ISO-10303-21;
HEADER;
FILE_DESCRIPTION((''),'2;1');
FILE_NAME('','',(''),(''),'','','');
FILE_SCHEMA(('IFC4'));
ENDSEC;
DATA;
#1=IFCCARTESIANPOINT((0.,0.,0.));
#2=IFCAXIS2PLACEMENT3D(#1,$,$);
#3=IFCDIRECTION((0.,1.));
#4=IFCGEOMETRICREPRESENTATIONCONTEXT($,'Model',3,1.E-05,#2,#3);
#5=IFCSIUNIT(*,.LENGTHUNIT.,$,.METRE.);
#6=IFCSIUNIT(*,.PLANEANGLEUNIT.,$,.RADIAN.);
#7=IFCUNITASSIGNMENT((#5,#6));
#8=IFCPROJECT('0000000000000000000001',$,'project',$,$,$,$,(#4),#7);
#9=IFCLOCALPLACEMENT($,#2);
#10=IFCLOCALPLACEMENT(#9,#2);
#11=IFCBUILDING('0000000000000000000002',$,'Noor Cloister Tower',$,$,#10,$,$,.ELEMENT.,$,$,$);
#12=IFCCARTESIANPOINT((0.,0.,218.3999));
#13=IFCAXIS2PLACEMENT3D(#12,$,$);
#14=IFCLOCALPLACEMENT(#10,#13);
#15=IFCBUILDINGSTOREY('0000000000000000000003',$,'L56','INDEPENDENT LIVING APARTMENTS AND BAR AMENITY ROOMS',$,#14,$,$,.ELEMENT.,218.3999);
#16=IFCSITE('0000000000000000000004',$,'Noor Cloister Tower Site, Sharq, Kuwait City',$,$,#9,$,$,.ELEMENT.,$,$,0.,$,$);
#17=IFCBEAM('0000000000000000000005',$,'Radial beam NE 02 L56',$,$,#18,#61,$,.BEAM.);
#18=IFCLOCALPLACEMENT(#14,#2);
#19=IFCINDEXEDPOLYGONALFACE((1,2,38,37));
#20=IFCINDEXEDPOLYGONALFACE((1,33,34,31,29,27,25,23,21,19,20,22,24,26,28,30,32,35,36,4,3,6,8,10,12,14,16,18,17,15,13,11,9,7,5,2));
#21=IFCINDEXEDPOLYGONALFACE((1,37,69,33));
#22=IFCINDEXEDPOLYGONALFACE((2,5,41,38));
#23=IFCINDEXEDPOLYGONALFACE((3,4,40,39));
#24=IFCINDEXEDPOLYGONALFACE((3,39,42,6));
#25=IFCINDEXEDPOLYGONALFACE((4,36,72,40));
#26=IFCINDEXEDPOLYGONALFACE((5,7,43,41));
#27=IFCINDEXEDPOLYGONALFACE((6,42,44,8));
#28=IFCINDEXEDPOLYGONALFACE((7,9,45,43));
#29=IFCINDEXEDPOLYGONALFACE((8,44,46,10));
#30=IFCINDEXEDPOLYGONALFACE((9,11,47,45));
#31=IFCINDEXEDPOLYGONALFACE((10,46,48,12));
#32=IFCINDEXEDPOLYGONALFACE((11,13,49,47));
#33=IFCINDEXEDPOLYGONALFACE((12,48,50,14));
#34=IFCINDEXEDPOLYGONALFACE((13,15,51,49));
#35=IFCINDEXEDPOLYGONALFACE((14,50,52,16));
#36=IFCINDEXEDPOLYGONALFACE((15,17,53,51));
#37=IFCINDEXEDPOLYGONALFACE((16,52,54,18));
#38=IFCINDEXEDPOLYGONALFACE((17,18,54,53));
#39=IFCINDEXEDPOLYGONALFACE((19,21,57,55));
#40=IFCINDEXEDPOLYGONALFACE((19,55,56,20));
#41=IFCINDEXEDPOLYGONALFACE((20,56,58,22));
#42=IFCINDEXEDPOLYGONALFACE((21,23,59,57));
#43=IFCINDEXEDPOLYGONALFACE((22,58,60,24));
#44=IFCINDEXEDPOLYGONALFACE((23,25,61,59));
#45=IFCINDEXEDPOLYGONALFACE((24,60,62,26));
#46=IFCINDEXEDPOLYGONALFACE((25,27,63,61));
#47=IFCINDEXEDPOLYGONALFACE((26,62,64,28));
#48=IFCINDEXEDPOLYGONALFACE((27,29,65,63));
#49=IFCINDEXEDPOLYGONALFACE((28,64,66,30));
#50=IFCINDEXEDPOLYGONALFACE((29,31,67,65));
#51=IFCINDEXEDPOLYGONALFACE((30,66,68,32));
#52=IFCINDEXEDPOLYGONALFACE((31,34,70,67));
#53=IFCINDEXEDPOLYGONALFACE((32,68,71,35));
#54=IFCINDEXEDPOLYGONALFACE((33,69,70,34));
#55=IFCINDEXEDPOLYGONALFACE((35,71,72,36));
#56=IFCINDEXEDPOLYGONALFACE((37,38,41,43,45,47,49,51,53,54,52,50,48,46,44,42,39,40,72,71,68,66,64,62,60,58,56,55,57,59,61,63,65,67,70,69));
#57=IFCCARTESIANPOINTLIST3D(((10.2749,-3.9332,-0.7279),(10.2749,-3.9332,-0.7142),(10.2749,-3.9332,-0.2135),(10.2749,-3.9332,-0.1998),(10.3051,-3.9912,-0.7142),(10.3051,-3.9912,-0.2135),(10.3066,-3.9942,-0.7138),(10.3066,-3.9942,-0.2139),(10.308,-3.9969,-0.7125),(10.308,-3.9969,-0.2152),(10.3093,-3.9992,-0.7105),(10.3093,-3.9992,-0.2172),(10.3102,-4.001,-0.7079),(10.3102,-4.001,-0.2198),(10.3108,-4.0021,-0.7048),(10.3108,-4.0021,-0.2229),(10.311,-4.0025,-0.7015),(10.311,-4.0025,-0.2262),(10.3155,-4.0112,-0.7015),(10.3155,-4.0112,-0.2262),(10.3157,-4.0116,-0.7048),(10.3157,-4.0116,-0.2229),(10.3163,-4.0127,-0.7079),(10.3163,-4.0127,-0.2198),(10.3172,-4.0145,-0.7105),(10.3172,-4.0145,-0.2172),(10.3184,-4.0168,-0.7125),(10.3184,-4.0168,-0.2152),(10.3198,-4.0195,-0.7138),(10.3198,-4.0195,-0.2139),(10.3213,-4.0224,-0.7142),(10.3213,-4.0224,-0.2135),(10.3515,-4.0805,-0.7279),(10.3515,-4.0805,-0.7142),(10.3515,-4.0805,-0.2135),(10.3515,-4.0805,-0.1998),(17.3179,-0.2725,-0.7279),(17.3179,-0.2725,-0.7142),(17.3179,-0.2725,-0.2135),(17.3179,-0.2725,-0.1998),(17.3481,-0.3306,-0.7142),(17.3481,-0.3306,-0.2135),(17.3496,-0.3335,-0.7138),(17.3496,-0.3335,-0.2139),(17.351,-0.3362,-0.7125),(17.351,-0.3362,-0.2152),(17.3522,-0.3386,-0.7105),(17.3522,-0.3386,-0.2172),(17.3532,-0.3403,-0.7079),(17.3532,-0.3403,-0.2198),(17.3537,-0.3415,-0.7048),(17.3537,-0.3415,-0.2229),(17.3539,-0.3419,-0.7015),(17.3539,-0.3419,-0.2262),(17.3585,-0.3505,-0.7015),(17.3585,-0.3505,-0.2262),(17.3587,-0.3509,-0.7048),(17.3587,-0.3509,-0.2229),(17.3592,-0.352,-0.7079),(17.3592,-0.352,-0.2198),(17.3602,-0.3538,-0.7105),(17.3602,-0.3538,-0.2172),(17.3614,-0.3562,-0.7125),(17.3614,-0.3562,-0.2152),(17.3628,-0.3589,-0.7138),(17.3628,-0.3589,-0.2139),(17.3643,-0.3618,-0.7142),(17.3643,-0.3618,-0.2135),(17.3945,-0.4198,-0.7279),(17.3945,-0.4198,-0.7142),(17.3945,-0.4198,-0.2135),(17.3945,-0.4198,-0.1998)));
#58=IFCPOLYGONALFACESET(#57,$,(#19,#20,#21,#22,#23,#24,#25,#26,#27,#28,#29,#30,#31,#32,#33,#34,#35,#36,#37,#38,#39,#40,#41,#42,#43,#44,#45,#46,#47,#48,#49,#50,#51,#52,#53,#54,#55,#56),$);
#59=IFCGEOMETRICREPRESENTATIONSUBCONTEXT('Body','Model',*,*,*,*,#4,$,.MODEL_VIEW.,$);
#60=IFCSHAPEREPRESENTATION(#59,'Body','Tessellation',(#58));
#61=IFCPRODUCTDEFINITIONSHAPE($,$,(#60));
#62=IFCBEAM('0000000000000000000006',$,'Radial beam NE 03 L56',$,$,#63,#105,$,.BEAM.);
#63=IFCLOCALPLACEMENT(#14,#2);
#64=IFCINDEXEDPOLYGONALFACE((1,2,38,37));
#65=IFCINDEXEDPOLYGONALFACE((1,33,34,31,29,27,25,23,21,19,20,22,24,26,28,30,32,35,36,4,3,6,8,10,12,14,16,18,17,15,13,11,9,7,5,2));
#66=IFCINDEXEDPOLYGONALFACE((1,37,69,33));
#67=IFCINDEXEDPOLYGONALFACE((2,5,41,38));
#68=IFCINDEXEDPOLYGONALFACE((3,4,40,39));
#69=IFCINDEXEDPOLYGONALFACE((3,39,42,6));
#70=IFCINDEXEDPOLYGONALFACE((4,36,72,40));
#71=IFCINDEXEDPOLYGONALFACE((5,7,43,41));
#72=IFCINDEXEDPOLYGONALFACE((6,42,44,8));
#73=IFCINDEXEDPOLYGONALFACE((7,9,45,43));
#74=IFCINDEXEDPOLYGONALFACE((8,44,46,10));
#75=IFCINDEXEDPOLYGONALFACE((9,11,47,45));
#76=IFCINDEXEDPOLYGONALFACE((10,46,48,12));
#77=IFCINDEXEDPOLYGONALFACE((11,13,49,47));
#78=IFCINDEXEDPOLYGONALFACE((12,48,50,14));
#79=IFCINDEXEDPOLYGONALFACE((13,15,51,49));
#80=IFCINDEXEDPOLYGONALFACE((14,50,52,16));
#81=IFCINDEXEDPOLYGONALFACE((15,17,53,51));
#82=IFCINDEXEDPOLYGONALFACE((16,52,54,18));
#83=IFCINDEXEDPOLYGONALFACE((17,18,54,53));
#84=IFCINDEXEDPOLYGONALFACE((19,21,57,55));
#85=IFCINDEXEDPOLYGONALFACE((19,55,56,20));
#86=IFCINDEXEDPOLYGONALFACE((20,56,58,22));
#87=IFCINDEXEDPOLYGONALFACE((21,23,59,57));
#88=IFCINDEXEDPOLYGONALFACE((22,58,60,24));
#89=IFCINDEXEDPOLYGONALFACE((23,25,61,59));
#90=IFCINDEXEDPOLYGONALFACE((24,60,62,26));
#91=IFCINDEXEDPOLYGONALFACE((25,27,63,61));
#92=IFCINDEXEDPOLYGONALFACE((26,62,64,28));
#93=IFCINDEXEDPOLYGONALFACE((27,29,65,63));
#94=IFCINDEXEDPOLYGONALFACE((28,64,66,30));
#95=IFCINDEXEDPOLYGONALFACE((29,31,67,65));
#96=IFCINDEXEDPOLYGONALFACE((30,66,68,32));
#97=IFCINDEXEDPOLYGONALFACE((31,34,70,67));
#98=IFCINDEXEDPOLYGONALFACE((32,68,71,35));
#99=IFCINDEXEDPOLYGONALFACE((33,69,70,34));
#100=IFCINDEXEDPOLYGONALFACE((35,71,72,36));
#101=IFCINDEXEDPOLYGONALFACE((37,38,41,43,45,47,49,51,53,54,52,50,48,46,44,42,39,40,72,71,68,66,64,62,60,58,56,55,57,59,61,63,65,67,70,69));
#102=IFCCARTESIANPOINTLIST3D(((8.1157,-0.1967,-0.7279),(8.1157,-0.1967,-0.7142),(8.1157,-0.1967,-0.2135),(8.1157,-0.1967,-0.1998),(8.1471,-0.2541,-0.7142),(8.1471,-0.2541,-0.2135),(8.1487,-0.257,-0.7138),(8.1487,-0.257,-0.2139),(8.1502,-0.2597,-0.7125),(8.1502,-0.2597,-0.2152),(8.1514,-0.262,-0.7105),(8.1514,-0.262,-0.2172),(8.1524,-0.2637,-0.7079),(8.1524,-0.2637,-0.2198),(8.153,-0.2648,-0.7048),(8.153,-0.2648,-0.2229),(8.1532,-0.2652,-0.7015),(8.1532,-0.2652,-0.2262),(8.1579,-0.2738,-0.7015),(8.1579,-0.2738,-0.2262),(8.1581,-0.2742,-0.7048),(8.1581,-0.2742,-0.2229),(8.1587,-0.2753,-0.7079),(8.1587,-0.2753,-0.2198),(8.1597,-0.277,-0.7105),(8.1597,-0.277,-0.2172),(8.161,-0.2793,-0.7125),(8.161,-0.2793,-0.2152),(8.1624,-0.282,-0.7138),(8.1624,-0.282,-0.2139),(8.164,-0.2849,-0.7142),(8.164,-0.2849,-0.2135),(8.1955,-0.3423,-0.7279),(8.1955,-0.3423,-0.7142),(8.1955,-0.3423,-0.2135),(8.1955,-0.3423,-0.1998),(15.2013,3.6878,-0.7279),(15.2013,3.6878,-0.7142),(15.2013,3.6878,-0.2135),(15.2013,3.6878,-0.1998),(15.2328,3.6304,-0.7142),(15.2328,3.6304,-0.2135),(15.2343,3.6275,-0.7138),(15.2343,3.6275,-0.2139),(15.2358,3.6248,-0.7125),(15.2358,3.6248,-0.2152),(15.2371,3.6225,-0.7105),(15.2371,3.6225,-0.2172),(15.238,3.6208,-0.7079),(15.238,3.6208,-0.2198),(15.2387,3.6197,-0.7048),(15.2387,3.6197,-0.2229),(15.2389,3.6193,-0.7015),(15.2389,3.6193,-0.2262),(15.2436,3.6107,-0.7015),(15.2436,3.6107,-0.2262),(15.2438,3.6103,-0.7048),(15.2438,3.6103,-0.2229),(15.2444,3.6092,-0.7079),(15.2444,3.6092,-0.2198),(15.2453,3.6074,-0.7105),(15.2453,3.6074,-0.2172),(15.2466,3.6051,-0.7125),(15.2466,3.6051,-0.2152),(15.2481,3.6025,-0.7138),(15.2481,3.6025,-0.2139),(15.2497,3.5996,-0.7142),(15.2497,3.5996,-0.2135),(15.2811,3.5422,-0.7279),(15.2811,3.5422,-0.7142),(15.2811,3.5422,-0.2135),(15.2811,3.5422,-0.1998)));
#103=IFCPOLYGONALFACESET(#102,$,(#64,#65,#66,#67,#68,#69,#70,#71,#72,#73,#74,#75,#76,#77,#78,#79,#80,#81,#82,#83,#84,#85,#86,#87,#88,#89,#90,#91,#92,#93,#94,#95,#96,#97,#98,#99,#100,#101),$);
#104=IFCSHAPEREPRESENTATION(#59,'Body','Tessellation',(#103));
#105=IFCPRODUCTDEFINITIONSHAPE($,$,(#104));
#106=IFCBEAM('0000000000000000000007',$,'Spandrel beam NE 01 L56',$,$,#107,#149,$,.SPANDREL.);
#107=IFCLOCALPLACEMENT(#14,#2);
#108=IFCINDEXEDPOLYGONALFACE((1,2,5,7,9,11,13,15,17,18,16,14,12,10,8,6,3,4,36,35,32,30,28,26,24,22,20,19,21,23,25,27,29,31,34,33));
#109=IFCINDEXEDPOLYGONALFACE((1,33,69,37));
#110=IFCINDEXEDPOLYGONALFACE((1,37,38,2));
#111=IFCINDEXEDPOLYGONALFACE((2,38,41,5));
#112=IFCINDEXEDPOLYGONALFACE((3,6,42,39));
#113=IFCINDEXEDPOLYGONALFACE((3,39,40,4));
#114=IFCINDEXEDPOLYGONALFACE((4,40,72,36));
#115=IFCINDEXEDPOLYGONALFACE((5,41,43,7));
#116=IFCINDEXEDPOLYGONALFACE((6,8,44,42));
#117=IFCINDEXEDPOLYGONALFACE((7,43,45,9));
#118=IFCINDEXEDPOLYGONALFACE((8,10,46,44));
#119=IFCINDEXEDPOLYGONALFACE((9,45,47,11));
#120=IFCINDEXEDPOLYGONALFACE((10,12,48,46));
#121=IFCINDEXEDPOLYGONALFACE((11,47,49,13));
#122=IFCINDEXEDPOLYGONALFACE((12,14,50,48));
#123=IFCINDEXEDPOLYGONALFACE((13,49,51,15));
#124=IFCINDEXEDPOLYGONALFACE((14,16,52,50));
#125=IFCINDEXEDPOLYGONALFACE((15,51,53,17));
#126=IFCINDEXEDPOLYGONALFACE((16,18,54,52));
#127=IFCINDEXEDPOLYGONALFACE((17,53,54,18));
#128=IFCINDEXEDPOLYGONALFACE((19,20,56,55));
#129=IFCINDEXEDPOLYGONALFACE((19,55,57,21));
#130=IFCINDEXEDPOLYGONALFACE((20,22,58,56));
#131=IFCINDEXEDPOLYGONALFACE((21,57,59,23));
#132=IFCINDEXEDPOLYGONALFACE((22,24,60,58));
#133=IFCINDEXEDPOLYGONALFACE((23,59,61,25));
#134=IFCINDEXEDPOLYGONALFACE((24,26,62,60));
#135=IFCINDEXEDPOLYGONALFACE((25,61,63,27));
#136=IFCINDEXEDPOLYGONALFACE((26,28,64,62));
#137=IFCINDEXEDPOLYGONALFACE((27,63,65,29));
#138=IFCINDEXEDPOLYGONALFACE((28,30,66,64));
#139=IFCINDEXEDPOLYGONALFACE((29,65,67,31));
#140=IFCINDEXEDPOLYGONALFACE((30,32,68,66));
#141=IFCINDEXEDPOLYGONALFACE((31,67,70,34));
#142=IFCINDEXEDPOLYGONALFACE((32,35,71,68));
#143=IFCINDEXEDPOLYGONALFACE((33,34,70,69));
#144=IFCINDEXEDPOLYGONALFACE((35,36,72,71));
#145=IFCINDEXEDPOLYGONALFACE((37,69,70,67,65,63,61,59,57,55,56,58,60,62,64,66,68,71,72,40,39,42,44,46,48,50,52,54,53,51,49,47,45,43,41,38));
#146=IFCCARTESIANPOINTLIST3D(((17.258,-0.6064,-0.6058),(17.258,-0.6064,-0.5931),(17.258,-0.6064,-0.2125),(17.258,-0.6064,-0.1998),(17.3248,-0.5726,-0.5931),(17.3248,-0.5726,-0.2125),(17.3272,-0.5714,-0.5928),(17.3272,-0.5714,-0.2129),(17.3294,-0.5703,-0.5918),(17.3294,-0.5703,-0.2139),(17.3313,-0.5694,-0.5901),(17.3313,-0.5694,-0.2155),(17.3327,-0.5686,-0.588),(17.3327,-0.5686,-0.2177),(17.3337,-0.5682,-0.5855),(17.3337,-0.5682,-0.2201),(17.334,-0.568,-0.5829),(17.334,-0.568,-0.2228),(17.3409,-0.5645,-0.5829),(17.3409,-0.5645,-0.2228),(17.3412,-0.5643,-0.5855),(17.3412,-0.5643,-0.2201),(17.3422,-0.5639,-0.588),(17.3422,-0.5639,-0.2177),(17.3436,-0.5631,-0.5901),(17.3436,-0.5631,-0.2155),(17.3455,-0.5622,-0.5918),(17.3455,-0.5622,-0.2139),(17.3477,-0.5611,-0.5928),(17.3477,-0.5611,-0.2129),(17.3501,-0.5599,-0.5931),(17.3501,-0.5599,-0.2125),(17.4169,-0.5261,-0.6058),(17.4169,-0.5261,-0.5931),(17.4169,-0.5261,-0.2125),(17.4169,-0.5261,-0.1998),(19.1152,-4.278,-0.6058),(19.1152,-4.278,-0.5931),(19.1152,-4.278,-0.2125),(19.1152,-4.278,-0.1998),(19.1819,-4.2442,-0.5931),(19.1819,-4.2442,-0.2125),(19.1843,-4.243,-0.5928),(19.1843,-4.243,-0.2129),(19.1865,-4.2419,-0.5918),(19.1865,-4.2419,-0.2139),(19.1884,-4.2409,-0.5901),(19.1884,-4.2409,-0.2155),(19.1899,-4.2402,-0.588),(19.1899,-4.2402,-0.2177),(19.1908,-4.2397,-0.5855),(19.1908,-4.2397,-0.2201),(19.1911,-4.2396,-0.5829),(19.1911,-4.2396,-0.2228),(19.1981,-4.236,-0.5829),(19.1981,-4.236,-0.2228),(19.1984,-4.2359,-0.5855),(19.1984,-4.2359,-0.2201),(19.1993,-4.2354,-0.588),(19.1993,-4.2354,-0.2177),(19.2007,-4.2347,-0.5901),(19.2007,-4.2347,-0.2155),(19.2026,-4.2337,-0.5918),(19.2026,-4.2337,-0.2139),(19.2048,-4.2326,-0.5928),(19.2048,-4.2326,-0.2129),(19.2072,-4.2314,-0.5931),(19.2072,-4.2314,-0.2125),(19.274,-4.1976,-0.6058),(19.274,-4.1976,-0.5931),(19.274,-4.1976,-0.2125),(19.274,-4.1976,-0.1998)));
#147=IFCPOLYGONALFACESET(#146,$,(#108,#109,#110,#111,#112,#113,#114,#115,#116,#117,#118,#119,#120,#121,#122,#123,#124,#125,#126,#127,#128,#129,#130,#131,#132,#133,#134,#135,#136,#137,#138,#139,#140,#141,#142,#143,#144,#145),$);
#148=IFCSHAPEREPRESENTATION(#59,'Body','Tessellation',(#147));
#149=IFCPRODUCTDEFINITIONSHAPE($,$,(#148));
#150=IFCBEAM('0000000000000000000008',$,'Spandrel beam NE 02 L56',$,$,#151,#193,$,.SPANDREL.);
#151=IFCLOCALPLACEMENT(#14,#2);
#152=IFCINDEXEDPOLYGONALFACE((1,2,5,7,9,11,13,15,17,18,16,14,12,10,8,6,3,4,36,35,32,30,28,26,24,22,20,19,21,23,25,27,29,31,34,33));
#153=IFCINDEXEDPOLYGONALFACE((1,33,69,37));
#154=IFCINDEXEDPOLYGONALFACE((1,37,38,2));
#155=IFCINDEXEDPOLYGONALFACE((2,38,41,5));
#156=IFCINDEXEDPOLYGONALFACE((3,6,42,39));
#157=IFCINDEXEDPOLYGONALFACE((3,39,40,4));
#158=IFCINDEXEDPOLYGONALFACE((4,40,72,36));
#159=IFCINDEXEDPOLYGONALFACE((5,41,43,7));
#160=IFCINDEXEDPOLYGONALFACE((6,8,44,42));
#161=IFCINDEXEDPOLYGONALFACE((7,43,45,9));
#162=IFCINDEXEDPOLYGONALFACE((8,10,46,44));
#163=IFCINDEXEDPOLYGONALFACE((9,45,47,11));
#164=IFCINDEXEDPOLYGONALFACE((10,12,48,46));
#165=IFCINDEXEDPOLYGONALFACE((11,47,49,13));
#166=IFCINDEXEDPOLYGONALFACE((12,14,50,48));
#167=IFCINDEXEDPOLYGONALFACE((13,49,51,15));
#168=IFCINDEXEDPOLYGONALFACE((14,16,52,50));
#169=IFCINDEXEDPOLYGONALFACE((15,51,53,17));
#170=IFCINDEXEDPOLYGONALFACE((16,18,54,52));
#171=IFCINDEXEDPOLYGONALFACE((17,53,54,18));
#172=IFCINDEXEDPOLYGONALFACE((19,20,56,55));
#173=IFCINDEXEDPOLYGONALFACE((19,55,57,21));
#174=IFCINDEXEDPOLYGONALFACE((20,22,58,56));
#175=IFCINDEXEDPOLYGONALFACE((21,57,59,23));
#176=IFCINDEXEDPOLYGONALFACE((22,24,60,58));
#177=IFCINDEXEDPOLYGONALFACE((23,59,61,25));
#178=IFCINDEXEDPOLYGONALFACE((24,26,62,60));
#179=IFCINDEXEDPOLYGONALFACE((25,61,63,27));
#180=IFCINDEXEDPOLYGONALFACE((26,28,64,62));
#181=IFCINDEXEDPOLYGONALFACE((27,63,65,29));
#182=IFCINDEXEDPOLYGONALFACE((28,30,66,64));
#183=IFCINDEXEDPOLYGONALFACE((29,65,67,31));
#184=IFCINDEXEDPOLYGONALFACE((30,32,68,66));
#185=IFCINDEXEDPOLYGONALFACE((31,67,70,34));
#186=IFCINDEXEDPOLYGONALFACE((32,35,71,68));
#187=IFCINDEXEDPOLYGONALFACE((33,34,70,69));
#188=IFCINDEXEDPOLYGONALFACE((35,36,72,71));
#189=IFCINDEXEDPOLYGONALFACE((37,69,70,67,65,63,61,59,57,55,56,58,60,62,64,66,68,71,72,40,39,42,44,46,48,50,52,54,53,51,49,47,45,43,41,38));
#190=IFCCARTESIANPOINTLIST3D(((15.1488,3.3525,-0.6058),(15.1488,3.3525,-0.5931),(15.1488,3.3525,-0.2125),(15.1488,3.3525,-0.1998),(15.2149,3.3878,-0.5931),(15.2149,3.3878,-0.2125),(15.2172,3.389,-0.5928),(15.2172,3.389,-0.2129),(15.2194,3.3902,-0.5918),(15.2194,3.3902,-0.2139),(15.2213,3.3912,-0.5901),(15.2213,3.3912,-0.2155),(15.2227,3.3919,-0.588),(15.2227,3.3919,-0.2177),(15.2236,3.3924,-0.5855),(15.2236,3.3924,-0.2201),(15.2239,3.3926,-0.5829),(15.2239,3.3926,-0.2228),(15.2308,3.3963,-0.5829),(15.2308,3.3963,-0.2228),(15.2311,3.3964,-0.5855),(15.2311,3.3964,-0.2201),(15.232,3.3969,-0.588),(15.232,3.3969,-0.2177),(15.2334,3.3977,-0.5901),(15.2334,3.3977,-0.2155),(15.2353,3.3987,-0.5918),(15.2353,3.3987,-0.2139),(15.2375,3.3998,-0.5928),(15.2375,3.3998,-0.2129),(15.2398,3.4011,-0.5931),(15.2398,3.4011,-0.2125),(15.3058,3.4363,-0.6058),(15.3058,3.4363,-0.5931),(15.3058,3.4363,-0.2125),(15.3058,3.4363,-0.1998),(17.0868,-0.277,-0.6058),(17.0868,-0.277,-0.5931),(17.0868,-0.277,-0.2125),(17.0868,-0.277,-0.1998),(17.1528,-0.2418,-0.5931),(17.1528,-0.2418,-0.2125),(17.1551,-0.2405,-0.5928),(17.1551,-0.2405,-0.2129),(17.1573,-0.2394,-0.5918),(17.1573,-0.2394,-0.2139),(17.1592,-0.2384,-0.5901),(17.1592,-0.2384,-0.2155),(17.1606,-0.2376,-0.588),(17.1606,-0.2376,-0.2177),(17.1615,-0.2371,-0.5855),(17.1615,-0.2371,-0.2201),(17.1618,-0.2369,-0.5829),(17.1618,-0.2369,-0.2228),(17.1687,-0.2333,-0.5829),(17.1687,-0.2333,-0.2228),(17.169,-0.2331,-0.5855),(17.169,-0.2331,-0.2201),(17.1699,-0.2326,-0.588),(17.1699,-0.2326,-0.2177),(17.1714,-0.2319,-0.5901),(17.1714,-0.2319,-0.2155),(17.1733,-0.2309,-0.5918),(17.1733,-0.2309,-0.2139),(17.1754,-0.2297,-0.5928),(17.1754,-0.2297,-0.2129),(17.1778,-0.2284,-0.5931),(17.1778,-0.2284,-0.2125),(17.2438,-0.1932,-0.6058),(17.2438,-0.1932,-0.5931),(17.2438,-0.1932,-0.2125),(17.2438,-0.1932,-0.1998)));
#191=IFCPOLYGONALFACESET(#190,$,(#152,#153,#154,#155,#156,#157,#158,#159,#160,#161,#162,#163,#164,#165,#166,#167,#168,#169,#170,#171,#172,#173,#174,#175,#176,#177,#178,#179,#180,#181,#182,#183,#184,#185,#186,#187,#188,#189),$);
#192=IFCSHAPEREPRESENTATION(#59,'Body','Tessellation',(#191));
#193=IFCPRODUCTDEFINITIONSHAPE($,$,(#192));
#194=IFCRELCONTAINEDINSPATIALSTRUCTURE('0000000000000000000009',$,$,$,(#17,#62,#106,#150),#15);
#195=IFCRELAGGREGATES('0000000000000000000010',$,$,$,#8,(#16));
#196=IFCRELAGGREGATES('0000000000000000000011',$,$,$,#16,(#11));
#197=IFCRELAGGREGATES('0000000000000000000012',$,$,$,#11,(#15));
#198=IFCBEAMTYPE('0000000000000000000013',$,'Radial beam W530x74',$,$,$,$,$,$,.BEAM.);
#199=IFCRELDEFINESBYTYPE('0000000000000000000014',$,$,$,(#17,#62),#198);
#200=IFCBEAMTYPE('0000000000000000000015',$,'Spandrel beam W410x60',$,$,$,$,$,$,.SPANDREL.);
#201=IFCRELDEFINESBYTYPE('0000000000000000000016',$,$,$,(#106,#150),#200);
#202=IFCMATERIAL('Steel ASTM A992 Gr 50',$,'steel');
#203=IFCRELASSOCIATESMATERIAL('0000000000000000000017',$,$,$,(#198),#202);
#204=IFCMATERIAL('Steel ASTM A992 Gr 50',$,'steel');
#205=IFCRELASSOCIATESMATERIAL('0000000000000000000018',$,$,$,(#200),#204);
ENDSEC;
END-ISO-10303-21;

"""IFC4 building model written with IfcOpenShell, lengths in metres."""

from ifc_helpers import new_model, si_unit, direction, frame, origin, origin_2d, place, context, subcontext, project, spatial, i_section, extrude, material, material_profile, profile_set, type_object, element, save


model = new_model("IFC4")

# Units and contexts
model_context = context("Model", 3, precision=1e-05, world=origin(), true_north=direction((0.0, 1.0)))
body_context = subcontext(model_context, "Body", "Model", "MODEL_VIEW")
ifc_project = project(units=[si_unit("LENGTHUNIT", "METRE"), si_unit("PLANEANGLEUNIT", "RADIAN")], contexts=[model_context])

# Site, building, storey
site_placement = place(None, origin())
site = spatial("IfcSite", under=ifc_project, at=site_placement, Name="Noor Cloister Tower Site, Sharq, Kuwait City", CompositionType="ELEMENT", RefElevation=0.0)
building_placement = place(site_placement, origin())
building = spatial("IfcBuilding", under=site, at=building_placement, Name="Noor Cloister Tower", CompositionType="ELEMENT")
storey_placement = place(building_placement, frame((0.0, 0.0, 218.3999)))
storey = spatial("IfcBuildingStorey", under=building, at=storey_placement, Name="L56", Description="INDEPENDENT LIVING APARTMENTS AND BAR AMENITY ROOMS", CompositionType="ELEMENT", Elevation=218.3999)

# Beams
ifc_material_1 = material(Name="Steel ASTM A992 Gr 50", Category="steel")
ifc_material_profile_1 = material_profile(ifc_material_1, i_section(OverallWidth=0.166, OverallDepth=0.5281, WebThickness=0.0098, FlangeThickness=0.0137, FilletRadius=0.0127, at=origin_2d()), Name="W530x74")
ifc_profile_set_1 = profile_set([ifc_material_profile_1], Name="Steel ASTM A992 Gr 50")
beam_type_1 = type_object("IfcBeamType", Name="Radial beam W530x74", PredefinedType="BEAM", material=ifc_profile_set_1)
beam_1_placement = place(storey_placement, frame((17.3562, -0.3462, -0.4639), z_axis=(-0.887304, -0.461184, 0.0), x_axis=(0.461184, -0.887304, 0.0)))
element("IfcBeam", 1, at=beam_1_placement, inside=storey, type_object=beam_type_1, Name="Radial beam NE 02 L56", PredefinedType="BEAM", context=body_context, shape_type="SweptSolid", body=[
    extrude(i_section(OverallWidth=0.166, OverallDepth=0.5281, WebThickness=0.0098, FlangeThickness=0.0137, FilletRadius=0.0127, at=origin_2d()), origin(), (0.0, 0.0, 1.0), 7.9375),
])
beam_2_placement = place(storey_placement, frame((15.2412, 3.615, -0.4639), z_axis=(-0.876874, -0.48072, 0.0), x_axis=(0.48072, -0.876874, 0.0)))
element("IfcBeam", 2, at=beam_2_placement, inside=storey, type_object=beam_type_1, Name="Radial beam NE 03 L56", PredefinedType="BEAM", context=body_context, shape_type="SweptSolid", body=[
    extrude(i_section(OverallWidth=0.166, OverallDepth=0.5281, WebThickness=0.0098, FlangeThickness=0.0137, FilletRadius=0.0127, at=origin_2d()), origin(), (0.0, 0.0, 1.0), 8.0806),
])
ifc_material_2 = material(Name="Steel ASTM A992 Gr 50", Category="steel")
ifc_material_profile_2 = material_profile(ifc_material_2, i_section(OverallWidth=0.178, OverallDepth=0.406, WebThickness=0.0078, FlangeThickness=0.0127, FilletRadius=0.0103, at=origin_2d()), Name="W410x60")
ifc_profile_set_2 = profile_set([ifc_material_profile_2], Name="Steel ASTM A992 Gr 50")
beam_type_2 = type_object("IfcBeamType", Name="Spandrel beam W410x60", PredefinedType="SPANDREL", material=ifc_profile_set_2)
for number, where, z_axis, x_axis, name in (
    (3, (19.1946, -4.2378, -0.4028), (-0.451362, 0.892341, 0.0), (-0.892341, -0.451362, 0.0), "Spandrel beam NE 01 L56"),
    (4, (17.1653, -0.2351, -0.4028), (-0.471001, 0.882133, 0.0), (-0.882133, -0.471001, 0.0), "Spandrel beam NE 02 L56"),
):
    element("IfcBeam", number, at=place(storey_placement, frame(where, z_axis=z_axis, x_axis=x_axis)), inside=storey, type_object=beam_type_2, Name=name, PredefinedType="SPANDREL", context=body_context, shape_type="SweptSolid", body=[
        extrude(i_section(OverallWidth=0.178, OverallDepth=0.406, WebThickness=0.0078, FlangeThickness=0.0127, FilletRadius=0.0103, at=origin_2d()), origin(), (0.0, 0.0, 1.0), 4.1145),
    ])

save(model, "model.ifc")
